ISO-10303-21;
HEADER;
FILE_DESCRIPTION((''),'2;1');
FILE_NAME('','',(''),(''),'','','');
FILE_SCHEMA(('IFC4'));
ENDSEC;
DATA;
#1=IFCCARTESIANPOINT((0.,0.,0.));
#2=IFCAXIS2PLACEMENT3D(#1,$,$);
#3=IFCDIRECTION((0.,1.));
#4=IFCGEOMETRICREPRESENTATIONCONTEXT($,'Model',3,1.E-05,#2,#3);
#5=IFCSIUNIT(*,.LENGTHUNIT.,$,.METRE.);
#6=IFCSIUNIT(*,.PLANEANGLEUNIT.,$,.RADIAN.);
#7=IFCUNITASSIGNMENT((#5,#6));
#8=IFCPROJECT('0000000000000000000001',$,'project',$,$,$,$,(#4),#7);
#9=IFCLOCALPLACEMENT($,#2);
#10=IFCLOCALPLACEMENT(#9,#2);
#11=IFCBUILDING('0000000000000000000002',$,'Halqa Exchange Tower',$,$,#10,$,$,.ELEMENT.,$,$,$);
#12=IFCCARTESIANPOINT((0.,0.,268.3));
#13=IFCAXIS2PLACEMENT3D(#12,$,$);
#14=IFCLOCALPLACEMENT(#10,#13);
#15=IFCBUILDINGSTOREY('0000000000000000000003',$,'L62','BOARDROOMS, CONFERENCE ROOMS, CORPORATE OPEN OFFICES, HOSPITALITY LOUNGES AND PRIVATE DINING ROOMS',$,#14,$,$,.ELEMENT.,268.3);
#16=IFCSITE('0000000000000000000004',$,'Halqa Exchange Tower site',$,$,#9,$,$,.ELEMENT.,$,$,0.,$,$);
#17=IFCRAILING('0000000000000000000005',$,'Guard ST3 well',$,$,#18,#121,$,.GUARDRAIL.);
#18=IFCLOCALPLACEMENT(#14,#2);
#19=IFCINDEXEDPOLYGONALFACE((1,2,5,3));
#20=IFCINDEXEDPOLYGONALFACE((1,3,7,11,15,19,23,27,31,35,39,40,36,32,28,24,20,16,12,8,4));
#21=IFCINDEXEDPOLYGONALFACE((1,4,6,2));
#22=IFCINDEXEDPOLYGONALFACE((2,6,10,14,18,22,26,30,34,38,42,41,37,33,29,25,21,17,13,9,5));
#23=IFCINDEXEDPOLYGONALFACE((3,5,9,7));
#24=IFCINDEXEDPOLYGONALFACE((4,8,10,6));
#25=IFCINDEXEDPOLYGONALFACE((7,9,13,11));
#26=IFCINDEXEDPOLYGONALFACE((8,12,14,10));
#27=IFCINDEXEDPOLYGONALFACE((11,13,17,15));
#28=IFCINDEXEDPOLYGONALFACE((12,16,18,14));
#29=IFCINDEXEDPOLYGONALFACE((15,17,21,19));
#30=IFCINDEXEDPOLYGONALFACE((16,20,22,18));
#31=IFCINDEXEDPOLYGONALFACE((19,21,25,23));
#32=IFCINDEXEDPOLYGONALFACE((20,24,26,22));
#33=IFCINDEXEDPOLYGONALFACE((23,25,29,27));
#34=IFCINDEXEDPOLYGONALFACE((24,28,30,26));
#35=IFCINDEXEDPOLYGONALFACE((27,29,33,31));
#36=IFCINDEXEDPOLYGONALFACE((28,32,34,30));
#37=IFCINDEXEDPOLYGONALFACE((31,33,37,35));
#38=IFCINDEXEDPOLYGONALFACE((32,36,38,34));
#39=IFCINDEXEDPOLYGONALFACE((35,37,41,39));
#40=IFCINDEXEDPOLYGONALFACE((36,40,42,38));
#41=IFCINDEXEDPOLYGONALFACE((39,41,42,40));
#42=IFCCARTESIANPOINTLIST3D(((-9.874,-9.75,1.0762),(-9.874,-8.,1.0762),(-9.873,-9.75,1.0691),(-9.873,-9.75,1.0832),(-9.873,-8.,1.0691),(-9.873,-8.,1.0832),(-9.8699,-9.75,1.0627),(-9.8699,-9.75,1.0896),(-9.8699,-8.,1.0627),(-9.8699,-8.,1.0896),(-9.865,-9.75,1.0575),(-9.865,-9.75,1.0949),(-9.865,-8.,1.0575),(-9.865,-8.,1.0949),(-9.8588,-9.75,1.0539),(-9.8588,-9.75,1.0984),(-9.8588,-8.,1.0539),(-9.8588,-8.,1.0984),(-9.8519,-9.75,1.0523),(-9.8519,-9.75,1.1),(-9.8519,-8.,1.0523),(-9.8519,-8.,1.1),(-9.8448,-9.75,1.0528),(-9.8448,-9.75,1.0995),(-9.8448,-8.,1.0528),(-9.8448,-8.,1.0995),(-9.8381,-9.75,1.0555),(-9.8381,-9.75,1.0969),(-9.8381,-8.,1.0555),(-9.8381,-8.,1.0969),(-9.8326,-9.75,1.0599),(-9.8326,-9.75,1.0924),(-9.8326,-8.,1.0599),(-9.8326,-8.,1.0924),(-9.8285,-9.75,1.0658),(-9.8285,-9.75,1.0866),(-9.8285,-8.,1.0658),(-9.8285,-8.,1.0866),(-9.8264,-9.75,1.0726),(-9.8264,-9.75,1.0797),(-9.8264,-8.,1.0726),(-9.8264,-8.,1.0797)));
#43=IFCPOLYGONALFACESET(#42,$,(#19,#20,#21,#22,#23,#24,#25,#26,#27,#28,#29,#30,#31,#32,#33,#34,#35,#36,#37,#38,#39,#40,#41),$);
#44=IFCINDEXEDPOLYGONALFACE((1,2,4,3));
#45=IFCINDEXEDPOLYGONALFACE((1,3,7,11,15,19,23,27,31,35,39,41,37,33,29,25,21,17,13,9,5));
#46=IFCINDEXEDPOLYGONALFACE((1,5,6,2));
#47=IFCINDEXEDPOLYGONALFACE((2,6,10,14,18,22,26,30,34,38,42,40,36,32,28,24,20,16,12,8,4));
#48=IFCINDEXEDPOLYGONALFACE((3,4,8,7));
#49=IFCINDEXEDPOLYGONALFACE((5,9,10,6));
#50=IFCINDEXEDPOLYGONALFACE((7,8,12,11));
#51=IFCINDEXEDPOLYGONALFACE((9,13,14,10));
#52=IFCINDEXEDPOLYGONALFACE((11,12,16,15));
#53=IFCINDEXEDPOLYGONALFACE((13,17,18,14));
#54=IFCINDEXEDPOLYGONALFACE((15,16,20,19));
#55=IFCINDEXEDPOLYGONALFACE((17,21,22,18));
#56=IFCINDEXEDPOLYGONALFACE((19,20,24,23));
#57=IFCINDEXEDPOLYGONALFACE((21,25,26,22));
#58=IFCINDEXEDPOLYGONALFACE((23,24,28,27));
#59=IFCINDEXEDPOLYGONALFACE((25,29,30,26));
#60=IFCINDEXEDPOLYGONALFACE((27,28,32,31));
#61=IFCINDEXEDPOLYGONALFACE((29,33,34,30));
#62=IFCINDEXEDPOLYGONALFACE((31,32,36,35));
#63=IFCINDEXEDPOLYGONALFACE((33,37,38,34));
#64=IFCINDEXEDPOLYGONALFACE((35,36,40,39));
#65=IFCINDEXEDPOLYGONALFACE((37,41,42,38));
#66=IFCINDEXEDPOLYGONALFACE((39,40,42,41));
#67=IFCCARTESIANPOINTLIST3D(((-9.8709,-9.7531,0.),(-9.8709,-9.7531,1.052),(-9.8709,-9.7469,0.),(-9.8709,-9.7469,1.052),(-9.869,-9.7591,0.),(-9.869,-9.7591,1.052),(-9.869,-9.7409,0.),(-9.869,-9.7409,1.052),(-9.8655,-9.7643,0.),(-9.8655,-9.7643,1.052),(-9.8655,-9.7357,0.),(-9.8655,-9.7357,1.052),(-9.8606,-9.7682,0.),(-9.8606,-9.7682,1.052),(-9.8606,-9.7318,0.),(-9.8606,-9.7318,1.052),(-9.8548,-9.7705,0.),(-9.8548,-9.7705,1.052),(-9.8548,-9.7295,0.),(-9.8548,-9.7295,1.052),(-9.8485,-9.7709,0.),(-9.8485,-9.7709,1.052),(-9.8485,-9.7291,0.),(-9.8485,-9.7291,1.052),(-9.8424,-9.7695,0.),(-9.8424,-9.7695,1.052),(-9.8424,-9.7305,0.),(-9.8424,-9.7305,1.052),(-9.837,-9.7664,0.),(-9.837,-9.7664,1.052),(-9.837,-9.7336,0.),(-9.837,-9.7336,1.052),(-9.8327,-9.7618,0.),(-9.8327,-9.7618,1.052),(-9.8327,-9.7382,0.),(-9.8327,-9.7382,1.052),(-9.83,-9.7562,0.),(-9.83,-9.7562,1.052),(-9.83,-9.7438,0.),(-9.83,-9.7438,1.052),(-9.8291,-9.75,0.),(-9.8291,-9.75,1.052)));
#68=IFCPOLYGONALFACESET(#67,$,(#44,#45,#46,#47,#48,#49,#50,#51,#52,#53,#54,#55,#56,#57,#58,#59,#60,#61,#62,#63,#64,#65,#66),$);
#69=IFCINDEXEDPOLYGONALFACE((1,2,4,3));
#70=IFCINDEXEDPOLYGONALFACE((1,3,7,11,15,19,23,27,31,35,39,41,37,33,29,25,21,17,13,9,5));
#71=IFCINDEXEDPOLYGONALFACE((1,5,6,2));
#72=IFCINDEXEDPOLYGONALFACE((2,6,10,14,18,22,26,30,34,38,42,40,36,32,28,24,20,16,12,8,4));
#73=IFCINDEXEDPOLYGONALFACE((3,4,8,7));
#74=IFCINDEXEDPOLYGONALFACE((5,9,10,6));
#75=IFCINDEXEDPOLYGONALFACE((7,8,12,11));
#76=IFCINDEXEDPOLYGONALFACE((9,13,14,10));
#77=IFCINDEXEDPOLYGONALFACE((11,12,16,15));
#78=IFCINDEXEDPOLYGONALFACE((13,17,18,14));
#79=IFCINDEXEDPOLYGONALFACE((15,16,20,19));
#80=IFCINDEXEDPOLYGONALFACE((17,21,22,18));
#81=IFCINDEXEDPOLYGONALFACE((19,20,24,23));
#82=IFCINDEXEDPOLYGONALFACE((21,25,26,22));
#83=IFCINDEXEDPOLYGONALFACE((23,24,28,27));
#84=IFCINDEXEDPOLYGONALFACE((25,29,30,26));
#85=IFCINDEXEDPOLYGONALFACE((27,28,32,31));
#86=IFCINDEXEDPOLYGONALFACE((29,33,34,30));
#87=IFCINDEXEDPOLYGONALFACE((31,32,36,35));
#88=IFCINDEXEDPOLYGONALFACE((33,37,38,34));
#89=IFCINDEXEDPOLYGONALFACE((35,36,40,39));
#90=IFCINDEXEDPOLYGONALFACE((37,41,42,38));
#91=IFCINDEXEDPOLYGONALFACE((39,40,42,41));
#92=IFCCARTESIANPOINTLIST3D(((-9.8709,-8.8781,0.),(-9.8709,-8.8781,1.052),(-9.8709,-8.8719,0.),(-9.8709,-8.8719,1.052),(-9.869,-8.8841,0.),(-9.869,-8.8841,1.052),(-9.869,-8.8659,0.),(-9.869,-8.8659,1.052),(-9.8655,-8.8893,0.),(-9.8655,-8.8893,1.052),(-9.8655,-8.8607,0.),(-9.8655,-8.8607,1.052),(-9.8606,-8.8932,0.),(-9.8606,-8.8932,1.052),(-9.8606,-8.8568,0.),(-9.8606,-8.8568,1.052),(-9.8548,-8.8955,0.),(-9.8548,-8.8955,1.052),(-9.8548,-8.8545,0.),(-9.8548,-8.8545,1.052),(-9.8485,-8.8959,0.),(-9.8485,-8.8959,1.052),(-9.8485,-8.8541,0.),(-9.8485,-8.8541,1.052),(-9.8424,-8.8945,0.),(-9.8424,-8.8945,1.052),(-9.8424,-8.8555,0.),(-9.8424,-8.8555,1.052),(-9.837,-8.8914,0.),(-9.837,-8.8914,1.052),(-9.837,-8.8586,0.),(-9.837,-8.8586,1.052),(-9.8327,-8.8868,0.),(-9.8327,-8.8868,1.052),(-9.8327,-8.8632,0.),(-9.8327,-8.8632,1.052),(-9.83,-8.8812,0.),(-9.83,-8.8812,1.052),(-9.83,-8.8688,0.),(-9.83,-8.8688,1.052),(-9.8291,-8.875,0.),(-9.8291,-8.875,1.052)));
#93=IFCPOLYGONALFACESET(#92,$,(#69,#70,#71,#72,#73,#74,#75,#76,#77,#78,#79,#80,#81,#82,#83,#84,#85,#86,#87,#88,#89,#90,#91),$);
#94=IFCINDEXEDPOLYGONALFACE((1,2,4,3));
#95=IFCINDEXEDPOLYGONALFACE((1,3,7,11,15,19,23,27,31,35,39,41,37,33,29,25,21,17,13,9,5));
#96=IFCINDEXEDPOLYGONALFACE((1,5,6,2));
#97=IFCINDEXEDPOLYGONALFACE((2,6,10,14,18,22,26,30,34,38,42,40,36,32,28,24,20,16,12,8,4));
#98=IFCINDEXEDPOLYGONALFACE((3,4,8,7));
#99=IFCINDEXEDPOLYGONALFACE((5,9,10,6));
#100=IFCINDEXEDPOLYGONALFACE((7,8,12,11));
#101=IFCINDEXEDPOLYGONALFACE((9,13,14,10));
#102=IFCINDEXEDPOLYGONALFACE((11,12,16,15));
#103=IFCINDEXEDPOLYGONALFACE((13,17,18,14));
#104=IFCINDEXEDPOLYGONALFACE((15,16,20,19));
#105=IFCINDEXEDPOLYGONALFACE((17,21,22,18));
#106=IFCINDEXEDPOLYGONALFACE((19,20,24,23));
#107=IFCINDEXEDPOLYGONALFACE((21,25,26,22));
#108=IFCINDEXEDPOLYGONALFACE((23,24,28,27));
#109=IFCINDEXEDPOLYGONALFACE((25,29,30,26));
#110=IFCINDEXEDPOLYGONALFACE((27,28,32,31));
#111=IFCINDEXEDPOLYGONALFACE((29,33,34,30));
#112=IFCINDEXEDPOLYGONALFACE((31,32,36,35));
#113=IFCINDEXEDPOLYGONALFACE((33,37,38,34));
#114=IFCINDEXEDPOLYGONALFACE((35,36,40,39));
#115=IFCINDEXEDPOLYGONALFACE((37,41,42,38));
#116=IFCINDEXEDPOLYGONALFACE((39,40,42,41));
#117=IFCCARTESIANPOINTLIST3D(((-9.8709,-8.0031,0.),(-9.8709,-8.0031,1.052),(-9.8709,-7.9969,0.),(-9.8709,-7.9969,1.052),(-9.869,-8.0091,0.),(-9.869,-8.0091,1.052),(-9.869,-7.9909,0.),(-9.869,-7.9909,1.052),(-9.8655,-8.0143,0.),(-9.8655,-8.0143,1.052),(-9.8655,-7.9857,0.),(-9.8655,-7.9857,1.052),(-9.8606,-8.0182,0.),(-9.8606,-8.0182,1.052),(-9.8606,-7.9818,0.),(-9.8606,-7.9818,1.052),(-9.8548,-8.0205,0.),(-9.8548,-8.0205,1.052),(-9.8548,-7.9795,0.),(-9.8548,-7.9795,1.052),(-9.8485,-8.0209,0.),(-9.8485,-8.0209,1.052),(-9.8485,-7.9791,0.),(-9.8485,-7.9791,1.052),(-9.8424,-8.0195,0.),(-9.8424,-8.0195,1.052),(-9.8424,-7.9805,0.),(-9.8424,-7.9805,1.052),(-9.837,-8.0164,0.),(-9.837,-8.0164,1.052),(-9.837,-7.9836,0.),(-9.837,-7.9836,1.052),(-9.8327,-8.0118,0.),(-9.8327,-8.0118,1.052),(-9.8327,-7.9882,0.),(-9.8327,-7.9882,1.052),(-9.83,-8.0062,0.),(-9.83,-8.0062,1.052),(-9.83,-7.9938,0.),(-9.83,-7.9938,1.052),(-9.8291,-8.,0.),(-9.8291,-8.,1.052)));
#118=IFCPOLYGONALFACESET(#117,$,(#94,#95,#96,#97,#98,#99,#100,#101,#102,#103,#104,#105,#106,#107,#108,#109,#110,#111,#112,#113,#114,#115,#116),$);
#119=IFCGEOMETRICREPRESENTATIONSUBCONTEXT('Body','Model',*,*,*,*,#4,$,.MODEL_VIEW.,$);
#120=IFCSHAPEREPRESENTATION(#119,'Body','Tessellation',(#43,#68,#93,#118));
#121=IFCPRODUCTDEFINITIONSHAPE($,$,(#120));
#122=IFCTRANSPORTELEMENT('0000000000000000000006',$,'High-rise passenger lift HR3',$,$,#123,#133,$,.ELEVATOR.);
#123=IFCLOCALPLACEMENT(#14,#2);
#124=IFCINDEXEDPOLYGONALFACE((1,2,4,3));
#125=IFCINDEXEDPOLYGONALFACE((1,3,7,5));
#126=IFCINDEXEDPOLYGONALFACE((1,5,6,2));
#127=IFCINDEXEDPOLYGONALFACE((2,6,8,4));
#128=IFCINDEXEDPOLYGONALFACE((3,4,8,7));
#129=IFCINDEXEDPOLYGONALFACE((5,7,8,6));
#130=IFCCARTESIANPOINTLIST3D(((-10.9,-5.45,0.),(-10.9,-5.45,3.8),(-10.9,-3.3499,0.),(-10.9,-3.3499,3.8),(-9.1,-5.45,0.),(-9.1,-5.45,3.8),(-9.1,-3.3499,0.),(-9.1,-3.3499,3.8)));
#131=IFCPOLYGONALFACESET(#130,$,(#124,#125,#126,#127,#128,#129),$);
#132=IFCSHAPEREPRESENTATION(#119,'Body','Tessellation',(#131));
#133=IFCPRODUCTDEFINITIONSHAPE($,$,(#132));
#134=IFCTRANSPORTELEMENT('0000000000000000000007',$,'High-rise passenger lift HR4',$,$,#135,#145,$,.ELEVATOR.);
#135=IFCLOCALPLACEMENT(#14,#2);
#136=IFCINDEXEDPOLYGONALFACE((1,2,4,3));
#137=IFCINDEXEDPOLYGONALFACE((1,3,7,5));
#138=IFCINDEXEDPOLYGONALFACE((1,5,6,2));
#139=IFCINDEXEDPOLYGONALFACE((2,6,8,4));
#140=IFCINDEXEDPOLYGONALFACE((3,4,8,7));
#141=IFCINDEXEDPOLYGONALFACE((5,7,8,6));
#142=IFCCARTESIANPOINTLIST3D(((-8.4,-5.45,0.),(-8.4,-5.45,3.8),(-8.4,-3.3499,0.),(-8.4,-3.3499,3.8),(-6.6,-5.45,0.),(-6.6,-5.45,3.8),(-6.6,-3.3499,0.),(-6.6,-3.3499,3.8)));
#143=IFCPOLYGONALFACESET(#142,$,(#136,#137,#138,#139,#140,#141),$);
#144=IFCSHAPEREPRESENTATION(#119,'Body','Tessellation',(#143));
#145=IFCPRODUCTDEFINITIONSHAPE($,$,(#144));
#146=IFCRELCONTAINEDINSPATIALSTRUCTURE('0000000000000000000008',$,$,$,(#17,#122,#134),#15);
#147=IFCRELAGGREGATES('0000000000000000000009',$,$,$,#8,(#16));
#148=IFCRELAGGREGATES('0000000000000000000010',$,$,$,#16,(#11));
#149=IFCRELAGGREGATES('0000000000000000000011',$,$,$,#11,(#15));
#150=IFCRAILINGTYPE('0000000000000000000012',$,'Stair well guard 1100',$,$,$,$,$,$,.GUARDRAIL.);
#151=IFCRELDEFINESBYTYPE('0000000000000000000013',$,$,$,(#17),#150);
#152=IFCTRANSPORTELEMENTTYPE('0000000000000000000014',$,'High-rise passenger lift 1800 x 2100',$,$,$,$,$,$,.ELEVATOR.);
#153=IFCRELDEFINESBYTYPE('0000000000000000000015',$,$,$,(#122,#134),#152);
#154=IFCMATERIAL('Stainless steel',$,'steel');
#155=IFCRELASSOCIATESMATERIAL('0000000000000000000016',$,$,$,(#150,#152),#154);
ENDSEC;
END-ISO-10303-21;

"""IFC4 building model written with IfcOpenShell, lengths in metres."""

from ifc_helpers import new_model, si_unit, direction, frame, origin, origin_2d, place, context, subcontext, project, spatial, rectangle, circle, extrude, material, type_object, element, save


model = new_model("IFC4")

# Units and contexts
model_context = context("Model", 3, precision=1e-05, world=origin(), true_north=direction((0.0, 1.0)))
body_context = subcontext(model_context, "Body", "Model", "MODEL_VIEW")
ifc_project = project(units=[si_unit("LENGTHUNIT", "METRE"), si_unit("PLANEANGLEUNIT", "RADIAN")], contexts=[model_context])

# Site, building, storey
site_placement = place(None, origin())
site = spatial("IfcSite", under=ifc_project, at=site_placement, Name="Halqa Exchange Tower site", CompositionType="ELEMENT", RefElevation=0.0)
building_placement = place(site_placement, origin())
building = spatial("IfcBuilding", under=site, at=building_placement, Name="Halqa Exchange Tower", CompositionType="ELEMENT")
storey_placement = place(building_placement, frame((0.0, 0.0, 268.3)))
storey = spatial("IfcBuildingStorey", under=building, at=storey_placement, Name="L62", Description="BOARDROOMS, CONFERENCE ROOMS, CORPORATE OPEN OFFICES, HOSPITALITY LOUNGES AND PRIVATE DINING ROOMS", CompositionType="ELEMENT", Elevation=268.3)

# Shared definitions
ifc_material_1 = material(Name="Stainless steel", Category="steel")

# Railing
railing_type_1 = type_object("IfcRailingType", Name="Stair well guard 1100", PredefinedType="GUARDRAIL", material=ifc_material_1)
railing_1_placement = place(storey_placement, frame((-9.8501, -9.75, 0.0)))
element("IfcRailing", 1, at=railing_1_placement, inside=storey, type_object=railing_type_1, Name="Guard ST3 well", PredefinedType="GUARDRAIL", context=body_context, shape_type="SweptSolid", body=[
    extrude(circle(Radius=0.0239, at=origin_2d()), frame((0.0, 0.0, 1.0762), z_axis=(0.0, 1.0, 0.0), x_axis=(-1.0, 0.0, 0.0)), (0.0, 0.0, 1.0), 1.75),
    extrude(circle(Radius=0.021, at=origin_2d()), origin(), (0.0, 0.0, 1.0), 1.052),
    extrude(circle(Radius=0.021, at=origin_2d()), frame((0.0, 0.875, 0.0)), (0.0, 0.0, 1.0), 1.052),
    extrude(circle(Radius=0.021, at=origin_2d()), frame((0.0, 1.75, 0.0)), (0.0, 0.0, 1.0), 1.052),
])

# Transport elements
transport_element_type = type_object("IfcTransportElementType", Name="High-rise passenger lift 1800 x 2100", PredefinedType="ELEVATOR", material=ifc_material_1)
for number, where, z_axis, x_axis, name in (
    (2, (-10.0, -4.3999, 0.0), (0.0, 0.0, 1.0), (1.0, 0.0, 0.0), "High-rise passenger lift HR3"),
    (3, (-7.5, -4.3999, 0.0), (0.0, 0.0, 1.0), (1.0, 0.0, 0.0), "High-rise passenger lift HR4"),
):
    element("IfcTransportElement", number, at=place(storey_placement, frame(where, z_axis=z_axis, x_axis=x_axis)), inside=storey, type_object=transport_element_type, Name=name, PredefinedType="ELEVATOR", context=body_context, shape_type="SweptSolid", body=[
        extrude(rectangle(XDim=1.8, YDim=2.1001, at=origin_2d()), origin(), (0.0, 0.0, 1.0), 3.8),
    ])

save(model, "model.ifc")
